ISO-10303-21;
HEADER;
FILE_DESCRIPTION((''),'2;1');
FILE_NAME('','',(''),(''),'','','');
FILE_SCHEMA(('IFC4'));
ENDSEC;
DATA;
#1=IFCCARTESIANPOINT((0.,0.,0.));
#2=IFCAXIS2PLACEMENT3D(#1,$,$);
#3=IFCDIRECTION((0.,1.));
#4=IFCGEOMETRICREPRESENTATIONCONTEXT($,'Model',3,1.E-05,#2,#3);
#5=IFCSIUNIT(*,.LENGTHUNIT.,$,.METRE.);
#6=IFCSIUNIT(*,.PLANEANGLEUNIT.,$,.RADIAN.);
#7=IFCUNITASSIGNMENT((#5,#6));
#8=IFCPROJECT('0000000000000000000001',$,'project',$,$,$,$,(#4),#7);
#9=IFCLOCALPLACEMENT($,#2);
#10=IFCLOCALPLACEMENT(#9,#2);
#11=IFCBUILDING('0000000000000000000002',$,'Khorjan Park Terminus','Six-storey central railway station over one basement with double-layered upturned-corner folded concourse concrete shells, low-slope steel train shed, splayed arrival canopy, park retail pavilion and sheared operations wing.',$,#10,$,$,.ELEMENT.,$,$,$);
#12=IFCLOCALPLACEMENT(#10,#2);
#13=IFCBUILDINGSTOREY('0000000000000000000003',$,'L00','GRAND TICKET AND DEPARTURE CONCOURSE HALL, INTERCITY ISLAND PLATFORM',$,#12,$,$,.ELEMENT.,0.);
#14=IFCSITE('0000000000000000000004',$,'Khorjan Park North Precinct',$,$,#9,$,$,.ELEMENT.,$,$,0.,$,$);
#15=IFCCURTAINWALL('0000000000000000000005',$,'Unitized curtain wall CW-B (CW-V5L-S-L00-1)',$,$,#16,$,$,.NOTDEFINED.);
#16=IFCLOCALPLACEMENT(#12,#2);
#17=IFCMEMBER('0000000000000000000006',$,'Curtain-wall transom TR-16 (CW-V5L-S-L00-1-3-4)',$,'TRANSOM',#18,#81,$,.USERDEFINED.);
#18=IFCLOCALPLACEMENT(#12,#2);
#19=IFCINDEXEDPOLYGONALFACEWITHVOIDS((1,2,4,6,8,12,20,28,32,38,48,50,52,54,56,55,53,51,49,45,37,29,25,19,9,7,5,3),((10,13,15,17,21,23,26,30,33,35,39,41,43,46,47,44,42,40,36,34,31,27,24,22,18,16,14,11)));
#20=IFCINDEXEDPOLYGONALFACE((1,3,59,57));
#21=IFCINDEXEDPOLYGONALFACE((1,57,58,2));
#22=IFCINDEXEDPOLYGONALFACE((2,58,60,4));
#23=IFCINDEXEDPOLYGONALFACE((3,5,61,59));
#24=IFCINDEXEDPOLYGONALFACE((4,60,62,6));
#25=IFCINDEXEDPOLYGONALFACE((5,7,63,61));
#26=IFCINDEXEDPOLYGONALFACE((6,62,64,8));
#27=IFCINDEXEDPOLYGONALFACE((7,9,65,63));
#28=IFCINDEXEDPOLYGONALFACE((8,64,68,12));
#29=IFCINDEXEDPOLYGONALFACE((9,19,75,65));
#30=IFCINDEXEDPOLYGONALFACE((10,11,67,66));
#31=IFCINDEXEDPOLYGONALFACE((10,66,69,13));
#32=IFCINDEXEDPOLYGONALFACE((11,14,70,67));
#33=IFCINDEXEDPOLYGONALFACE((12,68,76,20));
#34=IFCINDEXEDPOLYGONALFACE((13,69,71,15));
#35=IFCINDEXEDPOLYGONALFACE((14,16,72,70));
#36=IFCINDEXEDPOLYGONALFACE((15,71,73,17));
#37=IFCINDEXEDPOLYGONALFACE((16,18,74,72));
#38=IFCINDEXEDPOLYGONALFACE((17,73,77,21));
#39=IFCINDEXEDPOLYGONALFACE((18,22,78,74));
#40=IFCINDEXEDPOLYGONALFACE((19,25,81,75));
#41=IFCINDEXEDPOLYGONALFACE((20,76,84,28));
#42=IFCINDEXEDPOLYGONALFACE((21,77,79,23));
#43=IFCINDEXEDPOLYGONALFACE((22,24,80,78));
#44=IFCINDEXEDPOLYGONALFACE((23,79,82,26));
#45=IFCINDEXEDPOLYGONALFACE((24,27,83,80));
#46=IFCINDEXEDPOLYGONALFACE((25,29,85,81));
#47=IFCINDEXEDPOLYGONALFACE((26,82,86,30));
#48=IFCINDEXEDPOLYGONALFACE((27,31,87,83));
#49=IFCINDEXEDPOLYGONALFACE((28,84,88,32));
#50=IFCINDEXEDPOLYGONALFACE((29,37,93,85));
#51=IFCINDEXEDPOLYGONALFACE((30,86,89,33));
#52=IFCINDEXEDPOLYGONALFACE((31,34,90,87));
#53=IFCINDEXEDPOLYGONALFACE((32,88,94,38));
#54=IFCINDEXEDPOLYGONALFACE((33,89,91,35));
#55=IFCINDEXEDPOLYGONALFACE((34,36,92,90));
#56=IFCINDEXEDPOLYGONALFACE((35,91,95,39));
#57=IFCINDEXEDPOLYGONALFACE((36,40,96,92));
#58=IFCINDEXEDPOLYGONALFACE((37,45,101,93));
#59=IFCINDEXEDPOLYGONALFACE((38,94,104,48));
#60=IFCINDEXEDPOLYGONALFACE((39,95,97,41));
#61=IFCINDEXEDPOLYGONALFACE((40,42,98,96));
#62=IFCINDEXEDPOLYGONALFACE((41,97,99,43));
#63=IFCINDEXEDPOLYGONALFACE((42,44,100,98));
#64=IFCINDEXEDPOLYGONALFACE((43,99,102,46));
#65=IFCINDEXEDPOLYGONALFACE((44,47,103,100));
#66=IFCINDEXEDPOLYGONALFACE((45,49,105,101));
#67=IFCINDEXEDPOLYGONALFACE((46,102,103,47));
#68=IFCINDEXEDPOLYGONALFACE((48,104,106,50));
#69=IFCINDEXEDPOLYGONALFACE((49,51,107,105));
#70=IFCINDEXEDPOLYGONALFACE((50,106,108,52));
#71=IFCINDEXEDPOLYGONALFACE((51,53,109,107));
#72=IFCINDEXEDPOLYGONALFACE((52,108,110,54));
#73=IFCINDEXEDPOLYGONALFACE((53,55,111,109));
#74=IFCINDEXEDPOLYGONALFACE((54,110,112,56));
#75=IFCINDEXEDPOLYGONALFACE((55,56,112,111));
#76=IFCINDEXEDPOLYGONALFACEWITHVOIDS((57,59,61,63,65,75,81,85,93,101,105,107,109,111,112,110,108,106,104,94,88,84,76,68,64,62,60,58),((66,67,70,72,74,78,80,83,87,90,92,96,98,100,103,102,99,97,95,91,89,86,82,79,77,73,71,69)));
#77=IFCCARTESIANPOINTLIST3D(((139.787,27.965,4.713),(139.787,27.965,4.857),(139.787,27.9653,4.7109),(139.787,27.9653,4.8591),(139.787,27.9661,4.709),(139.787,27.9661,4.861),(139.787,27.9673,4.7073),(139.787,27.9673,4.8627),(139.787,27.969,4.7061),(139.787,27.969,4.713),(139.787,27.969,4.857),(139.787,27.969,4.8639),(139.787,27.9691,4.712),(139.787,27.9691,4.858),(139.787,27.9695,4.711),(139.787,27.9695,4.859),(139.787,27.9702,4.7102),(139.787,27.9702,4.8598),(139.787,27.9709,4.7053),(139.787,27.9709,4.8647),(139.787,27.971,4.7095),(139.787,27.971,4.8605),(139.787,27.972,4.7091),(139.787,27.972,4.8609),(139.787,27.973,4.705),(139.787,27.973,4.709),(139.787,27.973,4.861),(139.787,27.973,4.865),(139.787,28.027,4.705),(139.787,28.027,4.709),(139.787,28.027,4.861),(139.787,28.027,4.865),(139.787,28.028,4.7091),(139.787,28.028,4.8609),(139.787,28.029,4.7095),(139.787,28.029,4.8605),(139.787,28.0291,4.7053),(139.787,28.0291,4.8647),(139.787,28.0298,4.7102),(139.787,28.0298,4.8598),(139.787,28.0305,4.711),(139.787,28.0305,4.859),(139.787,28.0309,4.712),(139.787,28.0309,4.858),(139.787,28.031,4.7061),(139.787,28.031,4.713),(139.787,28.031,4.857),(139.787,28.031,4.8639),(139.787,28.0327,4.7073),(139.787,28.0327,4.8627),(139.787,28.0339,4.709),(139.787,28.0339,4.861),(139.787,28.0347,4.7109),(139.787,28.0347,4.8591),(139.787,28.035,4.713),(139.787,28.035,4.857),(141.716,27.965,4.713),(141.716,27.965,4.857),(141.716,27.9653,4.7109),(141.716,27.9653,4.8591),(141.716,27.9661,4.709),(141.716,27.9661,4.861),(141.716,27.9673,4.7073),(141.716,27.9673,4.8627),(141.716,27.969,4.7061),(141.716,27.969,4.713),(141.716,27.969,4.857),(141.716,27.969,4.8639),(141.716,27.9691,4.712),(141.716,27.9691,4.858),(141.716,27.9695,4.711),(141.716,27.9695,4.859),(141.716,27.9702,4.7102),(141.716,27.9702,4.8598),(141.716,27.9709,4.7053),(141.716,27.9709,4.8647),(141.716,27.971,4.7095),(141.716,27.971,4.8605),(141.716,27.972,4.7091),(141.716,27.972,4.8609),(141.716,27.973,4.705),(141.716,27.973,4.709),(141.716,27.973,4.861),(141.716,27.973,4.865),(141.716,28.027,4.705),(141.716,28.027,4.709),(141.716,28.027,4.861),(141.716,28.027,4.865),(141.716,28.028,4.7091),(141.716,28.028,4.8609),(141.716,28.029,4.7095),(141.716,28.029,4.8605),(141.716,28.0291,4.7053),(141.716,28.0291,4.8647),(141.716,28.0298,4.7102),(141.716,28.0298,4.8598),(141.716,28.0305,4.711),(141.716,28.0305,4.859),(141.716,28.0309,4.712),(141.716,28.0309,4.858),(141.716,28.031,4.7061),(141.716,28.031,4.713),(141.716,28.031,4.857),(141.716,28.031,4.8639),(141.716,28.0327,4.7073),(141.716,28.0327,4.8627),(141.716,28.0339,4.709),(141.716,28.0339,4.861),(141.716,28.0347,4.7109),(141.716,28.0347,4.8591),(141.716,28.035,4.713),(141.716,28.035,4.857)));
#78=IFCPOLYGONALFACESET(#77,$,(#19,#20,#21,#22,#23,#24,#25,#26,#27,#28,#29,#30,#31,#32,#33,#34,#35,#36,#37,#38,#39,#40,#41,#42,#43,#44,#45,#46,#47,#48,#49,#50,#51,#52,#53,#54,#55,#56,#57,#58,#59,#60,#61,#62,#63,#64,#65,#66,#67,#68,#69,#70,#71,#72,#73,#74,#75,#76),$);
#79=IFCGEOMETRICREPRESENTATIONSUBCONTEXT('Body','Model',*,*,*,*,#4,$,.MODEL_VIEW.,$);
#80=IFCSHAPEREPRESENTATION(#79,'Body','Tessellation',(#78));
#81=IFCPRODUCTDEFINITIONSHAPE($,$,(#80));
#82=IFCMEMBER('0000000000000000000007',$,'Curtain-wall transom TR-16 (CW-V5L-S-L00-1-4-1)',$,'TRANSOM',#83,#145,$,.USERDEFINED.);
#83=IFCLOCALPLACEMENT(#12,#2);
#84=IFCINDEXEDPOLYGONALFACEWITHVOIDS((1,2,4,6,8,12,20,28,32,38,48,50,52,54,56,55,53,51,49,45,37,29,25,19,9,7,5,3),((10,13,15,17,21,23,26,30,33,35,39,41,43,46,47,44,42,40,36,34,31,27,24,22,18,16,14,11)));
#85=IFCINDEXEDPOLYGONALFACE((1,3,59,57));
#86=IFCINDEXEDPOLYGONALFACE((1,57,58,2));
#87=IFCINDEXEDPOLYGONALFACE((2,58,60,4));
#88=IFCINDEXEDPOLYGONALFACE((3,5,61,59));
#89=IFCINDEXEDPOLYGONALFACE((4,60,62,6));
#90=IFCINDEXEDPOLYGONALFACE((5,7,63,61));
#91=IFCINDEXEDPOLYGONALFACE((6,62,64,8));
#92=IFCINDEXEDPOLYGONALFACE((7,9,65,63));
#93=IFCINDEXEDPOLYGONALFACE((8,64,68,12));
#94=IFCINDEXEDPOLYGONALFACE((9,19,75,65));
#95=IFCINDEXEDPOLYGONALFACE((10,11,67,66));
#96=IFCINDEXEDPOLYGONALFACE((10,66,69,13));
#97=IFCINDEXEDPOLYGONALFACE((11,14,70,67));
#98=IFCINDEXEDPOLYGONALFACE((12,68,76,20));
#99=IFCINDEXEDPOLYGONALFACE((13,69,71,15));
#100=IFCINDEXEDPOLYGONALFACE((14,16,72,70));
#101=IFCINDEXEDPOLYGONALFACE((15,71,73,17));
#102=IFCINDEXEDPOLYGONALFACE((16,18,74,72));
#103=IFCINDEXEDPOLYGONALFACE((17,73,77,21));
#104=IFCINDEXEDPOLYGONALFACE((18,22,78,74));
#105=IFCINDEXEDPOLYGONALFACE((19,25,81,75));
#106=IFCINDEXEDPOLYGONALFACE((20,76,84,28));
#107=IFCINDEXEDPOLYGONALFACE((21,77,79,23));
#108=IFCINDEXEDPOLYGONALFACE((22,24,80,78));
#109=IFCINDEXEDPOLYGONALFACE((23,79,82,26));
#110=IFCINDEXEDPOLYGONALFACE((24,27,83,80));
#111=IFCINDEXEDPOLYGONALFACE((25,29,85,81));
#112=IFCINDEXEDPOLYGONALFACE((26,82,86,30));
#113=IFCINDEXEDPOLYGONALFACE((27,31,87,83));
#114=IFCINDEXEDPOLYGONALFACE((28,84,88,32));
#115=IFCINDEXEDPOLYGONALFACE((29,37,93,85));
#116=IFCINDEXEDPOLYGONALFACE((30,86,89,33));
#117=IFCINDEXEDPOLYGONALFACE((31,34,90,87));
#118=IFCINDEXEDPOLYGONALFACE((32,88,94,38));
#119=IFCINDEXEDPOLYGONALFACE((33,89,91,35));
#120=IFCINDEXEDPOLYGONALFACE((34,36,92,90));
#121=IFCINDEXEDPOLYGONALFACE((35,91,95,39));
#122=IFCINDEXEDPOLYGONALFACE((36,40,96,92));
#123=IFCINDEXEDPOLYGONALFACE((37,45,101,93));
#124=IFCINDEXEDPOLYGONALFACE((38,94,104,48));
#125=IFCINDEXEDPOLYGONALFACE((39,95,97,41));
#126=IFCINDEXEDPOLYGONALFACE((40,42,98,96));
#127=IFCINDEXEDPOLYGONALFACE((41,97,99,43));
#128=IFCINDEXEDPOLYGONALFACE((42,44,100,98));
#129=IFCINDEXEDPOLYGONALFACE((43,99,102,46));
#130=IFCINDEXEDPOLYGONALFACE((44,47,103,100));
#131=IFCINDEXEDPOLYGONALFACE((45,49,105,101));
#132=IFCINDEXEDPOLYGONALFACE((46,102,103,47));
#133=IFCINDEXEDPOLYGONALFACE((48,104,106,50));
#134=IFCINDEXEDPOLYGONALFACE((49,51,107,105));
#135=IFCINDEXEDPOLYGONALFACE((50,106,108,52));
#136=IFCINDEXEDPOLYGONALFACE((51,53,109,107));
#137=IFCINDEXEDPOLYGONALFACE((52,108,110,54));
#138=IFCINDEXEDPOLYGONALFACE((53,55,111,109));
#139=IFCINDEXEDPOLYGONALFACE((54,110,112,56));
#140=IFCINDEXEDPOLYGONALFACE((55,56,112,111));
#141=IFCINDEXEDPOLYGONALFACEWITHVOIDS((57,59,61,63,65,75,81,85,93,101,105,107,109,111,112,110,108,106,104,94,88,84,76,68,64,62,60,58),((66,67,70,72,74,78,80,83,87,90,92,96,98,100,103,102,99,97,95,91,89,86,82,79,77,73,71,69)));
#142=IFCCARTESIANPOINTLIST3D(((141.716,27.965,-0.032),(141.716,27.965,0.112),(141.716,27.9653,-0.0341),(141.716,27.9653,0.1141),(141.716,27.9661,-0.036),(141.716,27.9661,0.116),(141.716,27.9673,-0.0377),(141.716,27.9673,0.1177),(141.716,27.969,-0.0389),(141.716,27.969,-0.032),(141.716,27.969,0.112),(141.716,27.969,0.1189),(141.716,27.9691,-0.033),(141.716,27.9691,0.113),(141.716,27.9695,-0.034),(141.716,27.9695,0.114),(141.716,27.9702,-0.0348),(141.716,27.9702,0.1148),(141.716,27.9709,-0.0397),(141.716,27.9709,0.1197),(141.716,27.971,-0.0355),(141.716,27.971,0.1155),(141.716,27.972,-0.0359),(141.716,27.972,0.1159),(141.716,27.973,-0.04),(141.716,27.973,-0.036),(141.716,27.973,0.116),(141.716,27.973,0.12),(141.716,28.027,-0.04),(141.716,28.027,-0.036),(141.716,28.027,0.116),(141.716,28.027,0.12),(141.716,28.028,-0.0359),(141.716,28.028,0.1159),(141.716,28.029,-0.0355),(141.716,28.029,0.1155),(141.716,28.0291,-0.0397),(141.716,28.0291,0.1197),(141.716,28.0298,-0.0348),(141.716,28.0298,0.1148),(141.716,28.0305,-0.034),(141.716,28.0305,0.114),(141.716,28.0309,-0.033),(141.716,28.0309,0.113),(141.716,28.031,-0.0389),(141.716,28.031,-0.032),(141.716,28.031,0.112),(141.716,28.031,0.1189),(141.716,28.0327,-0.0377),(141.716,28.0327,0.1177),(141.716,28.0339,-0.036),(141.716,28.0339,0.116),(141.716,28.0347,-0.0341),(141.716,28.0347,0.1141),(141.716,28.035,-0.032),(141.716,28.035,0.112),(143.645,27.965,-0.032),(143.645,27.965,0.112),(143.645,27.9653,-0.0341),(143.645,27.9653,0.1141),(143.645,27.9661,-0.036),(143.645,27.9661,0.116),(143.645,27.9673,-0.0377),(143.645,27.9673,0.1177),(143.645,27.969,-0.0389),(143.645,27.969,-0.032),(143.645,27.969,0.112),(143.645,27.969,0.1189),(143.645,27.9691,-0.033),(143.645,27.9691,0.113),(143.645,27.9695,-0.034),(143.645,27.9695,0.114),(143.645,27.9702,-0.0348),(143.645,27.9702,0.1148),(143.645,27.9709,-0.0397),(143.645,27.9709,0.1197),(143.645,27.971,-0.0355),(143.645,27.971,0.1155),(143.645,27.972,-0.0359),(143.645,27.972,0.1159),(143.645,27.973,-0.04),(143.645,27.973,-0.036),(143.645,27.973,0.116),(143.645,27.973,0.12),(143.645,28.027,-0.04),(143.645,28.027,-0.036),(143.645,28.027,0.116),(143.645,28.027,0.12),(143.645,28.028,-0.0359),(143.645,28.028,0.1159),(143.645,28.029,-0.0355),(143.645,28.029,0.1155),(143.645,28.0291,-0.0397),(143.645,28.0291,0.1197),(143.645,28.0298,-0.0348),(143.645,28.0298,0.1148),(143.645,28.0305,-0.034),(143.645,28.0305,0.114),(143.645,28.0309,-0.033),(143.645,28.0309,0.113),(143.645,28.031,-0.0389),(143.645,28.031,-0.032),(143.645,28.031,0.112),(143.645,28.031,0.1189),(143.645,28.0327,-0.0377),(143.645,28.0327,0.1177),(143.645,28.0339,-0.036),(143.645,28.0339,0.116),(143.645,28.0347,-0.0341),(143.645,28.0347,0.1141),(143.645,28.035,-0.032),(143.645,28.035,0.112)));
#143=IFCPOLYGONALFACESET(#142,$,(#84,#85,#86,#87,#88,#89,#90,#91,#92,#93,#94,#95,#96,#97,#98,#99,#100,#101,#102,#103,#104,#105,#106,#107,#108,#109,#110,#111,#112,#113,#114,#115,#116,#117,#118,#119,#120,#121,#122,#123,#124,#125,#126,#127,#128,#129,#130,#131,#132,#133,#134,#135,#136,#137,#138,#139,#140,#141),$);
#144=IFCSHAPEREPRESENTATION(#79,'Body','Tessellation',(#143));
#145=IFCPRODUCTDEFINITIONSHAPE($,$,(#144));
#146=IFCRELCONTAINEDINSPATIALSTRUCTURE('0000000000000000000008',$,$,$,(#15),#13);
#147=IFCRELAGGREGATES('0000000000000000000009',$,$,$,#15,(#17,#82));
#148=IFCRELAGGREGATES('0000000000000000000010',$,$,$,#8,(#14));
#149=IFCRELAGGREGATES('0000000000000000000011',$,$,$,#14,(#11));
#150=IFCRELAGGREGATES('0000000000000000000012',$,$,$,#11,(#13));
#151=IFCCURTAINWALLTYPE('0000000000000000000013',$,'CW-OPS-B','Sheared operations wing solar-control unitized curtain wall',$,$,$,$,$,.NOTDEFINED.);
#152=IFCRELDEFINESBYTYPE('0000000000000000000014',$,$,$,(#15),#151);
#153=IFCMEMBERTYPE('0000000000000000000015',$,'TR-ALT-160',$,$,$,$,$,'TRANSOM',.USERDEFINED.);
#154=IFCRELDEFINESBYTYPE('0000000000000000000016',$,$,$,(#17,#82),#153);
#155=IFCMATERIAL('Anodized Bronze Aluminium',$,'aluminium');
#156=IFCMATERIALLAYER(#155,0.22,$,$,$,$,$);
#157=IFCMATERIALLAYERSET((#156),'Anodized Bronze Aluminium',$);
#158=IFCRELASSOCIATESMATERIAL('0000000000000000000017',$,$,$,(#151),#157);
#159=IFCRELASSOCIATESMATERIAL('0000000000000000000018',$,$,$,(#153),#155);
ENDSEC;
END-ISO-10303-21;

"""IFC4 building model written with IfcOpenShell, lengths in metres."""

from ifc_helpers import new_model, si_unit, direction, frame, origin, origin_2d, place, context, subcontext, project, spatial, hollow_rectangle, extrude, material, layer, layer_set, material_profile, profile_set, type_object, element, aggregate, save


model = new_model("IFC4")

# Units and contexts
model_context = context("Model", 3, precision=1e-05, world=origin(), true_north=direction((0.0, 1.0)))
body_context = subcontext(model_context, "Body", "Model", "MODEL_VIEW")
ifc_project = project(units=[si_unit("LENGTHUNIT", "METRE"), si_unit("PLANEANGLEUNIT", "RADIAN")], contexts=[model_context])

# Site, building, storey
site_placement = place(None, origin())
site = spatial("IfcSite", under=ifc_project, at=site_placement, Name="Khorjan Park North Precinct", CompositionType="ELEMENT", RefElevation=0.0)
building_placement = place(site_placement, origin())
building = spatial("IfcBuilding", under=site, at=building_placement, Name="Khorjan Park Terminus", Description="Six-storey central railway station over one basement with double-layered upturned-corner folded concourse concrete shells, low-slope steel train shed, splayed arrival canopy, park retail pavilion and sheared operations wing.", CompositionType="ELEMENT")
storey_placement = place(building_placement, origin())
storey = spatial("IfcBuildingStorey", under=building, at=storey_placement, Name="L00", Description="GRAND TICKET AND DEPARTURE CONCOURSE HALL, INTERCITY ISLAND PLATFORM", CompositionType="ELEMENT", Elevation=0.0)

# Curtain wall, members
ifc_material_1 = material(Name="Anodized Bronze Aluminium", Category="aluminium")
ifc_layer_1 = layer(ifc_material_1, 0.22)
ifc_layer_set_1 = layer_set([ifc_layer_1], Name="Anodized Bronze Aluminium")
curtain_wall_type = type_object("IfcCurtainWallType", Name="CW-OPS-B", Description="Sheared operations wing solar-control unitized curtain wall", PredefinedType="NOTDEFINED", material=ifc_layer_set_1)
curtain_wall_placement = place(storey_placement, origin())
curtain_wall = element("IfcCurtainWall", 1, at=curtain_wall_placement, inside=storey, type_object=curtain_wall_type, Name="Unitized curtain wall CW-B (CW-V5L-S-L00-1)", PredefinedType="NOTDEFINED")
ifc_material_profile_1 = material_profile(ifc_material_1, hollow_rectangle(XDim=0.07, YDim=0.16, WallThickness=0.004, InnerFilletRadius=0.004, OuterFilletRadius=0.008, at=origin_2d()), Name="ALT 70x160x4")
ifc_profile_set_1 = profile_set([ifc_material_profile_1], Name="Anodized Bronze Aluminium")
member_type_1 = type_object("IfcMemberType", Name="TR-ALT-160", ElementType="TRANSOM", PredefinedType="USERDEFINED", material=ifc_profile_set_1)
member_1_placement = place(storey_placement, frame((139.787, 28.0, 4.785), z_axis=(1.0, 0.0, 0.0), x_axis=(0.0, 1.0, 0.0)))
member_1 = element("IfcMember", 2, at=member_1_placement, type_object=member_type_1, Name="Curtain-wall transom TR-16 (CW-V5L-S-L00-1-3-4)", ObjectType="TRANSOM", PredefinedType="USERDEFINED", context=body_context, shape_type="SweptSolid", body=[
    extrude(hollow_rectangle(XDim=0.07, YDim=0.16, WallThickness=0.004, InnerFilletRadius=0.004, OuterFilletRadius=0.008, at=origin_2d()), origin(), (0.0, 0.0, 1.0), 1.929),
])
member_2_placement = place(storey_placement, frame((141.716, 28.0, 0.04), z_axis=(1.0, 0.0, 0.0), x_axis=(0.0, 1.0, 0.0)))
member_2 = element("IfcMember", 3, at=member_2_placement, type_object=member_type_1, Name="Curtain-wall transom TR-16 (CW-V5L-S-L00-1-4-1)", ObjectType="TRANSOM", PredefinedType="USERDEFINED", context=body_context, shape_type="SweptSolid", body=[
    extrude(hollow_rectangle(XDim=0.07, YDim=0.16, WallThickness=0.004, InnerFilletRadius=0.004, OuterFilletRadius=0.008, at=origin_2d()), origin(), (0.0, 0.0, 1.0), 1.929),
])
aggregate(curtain_wall, [member_1, member_2])

save(model, "model.ifc")
